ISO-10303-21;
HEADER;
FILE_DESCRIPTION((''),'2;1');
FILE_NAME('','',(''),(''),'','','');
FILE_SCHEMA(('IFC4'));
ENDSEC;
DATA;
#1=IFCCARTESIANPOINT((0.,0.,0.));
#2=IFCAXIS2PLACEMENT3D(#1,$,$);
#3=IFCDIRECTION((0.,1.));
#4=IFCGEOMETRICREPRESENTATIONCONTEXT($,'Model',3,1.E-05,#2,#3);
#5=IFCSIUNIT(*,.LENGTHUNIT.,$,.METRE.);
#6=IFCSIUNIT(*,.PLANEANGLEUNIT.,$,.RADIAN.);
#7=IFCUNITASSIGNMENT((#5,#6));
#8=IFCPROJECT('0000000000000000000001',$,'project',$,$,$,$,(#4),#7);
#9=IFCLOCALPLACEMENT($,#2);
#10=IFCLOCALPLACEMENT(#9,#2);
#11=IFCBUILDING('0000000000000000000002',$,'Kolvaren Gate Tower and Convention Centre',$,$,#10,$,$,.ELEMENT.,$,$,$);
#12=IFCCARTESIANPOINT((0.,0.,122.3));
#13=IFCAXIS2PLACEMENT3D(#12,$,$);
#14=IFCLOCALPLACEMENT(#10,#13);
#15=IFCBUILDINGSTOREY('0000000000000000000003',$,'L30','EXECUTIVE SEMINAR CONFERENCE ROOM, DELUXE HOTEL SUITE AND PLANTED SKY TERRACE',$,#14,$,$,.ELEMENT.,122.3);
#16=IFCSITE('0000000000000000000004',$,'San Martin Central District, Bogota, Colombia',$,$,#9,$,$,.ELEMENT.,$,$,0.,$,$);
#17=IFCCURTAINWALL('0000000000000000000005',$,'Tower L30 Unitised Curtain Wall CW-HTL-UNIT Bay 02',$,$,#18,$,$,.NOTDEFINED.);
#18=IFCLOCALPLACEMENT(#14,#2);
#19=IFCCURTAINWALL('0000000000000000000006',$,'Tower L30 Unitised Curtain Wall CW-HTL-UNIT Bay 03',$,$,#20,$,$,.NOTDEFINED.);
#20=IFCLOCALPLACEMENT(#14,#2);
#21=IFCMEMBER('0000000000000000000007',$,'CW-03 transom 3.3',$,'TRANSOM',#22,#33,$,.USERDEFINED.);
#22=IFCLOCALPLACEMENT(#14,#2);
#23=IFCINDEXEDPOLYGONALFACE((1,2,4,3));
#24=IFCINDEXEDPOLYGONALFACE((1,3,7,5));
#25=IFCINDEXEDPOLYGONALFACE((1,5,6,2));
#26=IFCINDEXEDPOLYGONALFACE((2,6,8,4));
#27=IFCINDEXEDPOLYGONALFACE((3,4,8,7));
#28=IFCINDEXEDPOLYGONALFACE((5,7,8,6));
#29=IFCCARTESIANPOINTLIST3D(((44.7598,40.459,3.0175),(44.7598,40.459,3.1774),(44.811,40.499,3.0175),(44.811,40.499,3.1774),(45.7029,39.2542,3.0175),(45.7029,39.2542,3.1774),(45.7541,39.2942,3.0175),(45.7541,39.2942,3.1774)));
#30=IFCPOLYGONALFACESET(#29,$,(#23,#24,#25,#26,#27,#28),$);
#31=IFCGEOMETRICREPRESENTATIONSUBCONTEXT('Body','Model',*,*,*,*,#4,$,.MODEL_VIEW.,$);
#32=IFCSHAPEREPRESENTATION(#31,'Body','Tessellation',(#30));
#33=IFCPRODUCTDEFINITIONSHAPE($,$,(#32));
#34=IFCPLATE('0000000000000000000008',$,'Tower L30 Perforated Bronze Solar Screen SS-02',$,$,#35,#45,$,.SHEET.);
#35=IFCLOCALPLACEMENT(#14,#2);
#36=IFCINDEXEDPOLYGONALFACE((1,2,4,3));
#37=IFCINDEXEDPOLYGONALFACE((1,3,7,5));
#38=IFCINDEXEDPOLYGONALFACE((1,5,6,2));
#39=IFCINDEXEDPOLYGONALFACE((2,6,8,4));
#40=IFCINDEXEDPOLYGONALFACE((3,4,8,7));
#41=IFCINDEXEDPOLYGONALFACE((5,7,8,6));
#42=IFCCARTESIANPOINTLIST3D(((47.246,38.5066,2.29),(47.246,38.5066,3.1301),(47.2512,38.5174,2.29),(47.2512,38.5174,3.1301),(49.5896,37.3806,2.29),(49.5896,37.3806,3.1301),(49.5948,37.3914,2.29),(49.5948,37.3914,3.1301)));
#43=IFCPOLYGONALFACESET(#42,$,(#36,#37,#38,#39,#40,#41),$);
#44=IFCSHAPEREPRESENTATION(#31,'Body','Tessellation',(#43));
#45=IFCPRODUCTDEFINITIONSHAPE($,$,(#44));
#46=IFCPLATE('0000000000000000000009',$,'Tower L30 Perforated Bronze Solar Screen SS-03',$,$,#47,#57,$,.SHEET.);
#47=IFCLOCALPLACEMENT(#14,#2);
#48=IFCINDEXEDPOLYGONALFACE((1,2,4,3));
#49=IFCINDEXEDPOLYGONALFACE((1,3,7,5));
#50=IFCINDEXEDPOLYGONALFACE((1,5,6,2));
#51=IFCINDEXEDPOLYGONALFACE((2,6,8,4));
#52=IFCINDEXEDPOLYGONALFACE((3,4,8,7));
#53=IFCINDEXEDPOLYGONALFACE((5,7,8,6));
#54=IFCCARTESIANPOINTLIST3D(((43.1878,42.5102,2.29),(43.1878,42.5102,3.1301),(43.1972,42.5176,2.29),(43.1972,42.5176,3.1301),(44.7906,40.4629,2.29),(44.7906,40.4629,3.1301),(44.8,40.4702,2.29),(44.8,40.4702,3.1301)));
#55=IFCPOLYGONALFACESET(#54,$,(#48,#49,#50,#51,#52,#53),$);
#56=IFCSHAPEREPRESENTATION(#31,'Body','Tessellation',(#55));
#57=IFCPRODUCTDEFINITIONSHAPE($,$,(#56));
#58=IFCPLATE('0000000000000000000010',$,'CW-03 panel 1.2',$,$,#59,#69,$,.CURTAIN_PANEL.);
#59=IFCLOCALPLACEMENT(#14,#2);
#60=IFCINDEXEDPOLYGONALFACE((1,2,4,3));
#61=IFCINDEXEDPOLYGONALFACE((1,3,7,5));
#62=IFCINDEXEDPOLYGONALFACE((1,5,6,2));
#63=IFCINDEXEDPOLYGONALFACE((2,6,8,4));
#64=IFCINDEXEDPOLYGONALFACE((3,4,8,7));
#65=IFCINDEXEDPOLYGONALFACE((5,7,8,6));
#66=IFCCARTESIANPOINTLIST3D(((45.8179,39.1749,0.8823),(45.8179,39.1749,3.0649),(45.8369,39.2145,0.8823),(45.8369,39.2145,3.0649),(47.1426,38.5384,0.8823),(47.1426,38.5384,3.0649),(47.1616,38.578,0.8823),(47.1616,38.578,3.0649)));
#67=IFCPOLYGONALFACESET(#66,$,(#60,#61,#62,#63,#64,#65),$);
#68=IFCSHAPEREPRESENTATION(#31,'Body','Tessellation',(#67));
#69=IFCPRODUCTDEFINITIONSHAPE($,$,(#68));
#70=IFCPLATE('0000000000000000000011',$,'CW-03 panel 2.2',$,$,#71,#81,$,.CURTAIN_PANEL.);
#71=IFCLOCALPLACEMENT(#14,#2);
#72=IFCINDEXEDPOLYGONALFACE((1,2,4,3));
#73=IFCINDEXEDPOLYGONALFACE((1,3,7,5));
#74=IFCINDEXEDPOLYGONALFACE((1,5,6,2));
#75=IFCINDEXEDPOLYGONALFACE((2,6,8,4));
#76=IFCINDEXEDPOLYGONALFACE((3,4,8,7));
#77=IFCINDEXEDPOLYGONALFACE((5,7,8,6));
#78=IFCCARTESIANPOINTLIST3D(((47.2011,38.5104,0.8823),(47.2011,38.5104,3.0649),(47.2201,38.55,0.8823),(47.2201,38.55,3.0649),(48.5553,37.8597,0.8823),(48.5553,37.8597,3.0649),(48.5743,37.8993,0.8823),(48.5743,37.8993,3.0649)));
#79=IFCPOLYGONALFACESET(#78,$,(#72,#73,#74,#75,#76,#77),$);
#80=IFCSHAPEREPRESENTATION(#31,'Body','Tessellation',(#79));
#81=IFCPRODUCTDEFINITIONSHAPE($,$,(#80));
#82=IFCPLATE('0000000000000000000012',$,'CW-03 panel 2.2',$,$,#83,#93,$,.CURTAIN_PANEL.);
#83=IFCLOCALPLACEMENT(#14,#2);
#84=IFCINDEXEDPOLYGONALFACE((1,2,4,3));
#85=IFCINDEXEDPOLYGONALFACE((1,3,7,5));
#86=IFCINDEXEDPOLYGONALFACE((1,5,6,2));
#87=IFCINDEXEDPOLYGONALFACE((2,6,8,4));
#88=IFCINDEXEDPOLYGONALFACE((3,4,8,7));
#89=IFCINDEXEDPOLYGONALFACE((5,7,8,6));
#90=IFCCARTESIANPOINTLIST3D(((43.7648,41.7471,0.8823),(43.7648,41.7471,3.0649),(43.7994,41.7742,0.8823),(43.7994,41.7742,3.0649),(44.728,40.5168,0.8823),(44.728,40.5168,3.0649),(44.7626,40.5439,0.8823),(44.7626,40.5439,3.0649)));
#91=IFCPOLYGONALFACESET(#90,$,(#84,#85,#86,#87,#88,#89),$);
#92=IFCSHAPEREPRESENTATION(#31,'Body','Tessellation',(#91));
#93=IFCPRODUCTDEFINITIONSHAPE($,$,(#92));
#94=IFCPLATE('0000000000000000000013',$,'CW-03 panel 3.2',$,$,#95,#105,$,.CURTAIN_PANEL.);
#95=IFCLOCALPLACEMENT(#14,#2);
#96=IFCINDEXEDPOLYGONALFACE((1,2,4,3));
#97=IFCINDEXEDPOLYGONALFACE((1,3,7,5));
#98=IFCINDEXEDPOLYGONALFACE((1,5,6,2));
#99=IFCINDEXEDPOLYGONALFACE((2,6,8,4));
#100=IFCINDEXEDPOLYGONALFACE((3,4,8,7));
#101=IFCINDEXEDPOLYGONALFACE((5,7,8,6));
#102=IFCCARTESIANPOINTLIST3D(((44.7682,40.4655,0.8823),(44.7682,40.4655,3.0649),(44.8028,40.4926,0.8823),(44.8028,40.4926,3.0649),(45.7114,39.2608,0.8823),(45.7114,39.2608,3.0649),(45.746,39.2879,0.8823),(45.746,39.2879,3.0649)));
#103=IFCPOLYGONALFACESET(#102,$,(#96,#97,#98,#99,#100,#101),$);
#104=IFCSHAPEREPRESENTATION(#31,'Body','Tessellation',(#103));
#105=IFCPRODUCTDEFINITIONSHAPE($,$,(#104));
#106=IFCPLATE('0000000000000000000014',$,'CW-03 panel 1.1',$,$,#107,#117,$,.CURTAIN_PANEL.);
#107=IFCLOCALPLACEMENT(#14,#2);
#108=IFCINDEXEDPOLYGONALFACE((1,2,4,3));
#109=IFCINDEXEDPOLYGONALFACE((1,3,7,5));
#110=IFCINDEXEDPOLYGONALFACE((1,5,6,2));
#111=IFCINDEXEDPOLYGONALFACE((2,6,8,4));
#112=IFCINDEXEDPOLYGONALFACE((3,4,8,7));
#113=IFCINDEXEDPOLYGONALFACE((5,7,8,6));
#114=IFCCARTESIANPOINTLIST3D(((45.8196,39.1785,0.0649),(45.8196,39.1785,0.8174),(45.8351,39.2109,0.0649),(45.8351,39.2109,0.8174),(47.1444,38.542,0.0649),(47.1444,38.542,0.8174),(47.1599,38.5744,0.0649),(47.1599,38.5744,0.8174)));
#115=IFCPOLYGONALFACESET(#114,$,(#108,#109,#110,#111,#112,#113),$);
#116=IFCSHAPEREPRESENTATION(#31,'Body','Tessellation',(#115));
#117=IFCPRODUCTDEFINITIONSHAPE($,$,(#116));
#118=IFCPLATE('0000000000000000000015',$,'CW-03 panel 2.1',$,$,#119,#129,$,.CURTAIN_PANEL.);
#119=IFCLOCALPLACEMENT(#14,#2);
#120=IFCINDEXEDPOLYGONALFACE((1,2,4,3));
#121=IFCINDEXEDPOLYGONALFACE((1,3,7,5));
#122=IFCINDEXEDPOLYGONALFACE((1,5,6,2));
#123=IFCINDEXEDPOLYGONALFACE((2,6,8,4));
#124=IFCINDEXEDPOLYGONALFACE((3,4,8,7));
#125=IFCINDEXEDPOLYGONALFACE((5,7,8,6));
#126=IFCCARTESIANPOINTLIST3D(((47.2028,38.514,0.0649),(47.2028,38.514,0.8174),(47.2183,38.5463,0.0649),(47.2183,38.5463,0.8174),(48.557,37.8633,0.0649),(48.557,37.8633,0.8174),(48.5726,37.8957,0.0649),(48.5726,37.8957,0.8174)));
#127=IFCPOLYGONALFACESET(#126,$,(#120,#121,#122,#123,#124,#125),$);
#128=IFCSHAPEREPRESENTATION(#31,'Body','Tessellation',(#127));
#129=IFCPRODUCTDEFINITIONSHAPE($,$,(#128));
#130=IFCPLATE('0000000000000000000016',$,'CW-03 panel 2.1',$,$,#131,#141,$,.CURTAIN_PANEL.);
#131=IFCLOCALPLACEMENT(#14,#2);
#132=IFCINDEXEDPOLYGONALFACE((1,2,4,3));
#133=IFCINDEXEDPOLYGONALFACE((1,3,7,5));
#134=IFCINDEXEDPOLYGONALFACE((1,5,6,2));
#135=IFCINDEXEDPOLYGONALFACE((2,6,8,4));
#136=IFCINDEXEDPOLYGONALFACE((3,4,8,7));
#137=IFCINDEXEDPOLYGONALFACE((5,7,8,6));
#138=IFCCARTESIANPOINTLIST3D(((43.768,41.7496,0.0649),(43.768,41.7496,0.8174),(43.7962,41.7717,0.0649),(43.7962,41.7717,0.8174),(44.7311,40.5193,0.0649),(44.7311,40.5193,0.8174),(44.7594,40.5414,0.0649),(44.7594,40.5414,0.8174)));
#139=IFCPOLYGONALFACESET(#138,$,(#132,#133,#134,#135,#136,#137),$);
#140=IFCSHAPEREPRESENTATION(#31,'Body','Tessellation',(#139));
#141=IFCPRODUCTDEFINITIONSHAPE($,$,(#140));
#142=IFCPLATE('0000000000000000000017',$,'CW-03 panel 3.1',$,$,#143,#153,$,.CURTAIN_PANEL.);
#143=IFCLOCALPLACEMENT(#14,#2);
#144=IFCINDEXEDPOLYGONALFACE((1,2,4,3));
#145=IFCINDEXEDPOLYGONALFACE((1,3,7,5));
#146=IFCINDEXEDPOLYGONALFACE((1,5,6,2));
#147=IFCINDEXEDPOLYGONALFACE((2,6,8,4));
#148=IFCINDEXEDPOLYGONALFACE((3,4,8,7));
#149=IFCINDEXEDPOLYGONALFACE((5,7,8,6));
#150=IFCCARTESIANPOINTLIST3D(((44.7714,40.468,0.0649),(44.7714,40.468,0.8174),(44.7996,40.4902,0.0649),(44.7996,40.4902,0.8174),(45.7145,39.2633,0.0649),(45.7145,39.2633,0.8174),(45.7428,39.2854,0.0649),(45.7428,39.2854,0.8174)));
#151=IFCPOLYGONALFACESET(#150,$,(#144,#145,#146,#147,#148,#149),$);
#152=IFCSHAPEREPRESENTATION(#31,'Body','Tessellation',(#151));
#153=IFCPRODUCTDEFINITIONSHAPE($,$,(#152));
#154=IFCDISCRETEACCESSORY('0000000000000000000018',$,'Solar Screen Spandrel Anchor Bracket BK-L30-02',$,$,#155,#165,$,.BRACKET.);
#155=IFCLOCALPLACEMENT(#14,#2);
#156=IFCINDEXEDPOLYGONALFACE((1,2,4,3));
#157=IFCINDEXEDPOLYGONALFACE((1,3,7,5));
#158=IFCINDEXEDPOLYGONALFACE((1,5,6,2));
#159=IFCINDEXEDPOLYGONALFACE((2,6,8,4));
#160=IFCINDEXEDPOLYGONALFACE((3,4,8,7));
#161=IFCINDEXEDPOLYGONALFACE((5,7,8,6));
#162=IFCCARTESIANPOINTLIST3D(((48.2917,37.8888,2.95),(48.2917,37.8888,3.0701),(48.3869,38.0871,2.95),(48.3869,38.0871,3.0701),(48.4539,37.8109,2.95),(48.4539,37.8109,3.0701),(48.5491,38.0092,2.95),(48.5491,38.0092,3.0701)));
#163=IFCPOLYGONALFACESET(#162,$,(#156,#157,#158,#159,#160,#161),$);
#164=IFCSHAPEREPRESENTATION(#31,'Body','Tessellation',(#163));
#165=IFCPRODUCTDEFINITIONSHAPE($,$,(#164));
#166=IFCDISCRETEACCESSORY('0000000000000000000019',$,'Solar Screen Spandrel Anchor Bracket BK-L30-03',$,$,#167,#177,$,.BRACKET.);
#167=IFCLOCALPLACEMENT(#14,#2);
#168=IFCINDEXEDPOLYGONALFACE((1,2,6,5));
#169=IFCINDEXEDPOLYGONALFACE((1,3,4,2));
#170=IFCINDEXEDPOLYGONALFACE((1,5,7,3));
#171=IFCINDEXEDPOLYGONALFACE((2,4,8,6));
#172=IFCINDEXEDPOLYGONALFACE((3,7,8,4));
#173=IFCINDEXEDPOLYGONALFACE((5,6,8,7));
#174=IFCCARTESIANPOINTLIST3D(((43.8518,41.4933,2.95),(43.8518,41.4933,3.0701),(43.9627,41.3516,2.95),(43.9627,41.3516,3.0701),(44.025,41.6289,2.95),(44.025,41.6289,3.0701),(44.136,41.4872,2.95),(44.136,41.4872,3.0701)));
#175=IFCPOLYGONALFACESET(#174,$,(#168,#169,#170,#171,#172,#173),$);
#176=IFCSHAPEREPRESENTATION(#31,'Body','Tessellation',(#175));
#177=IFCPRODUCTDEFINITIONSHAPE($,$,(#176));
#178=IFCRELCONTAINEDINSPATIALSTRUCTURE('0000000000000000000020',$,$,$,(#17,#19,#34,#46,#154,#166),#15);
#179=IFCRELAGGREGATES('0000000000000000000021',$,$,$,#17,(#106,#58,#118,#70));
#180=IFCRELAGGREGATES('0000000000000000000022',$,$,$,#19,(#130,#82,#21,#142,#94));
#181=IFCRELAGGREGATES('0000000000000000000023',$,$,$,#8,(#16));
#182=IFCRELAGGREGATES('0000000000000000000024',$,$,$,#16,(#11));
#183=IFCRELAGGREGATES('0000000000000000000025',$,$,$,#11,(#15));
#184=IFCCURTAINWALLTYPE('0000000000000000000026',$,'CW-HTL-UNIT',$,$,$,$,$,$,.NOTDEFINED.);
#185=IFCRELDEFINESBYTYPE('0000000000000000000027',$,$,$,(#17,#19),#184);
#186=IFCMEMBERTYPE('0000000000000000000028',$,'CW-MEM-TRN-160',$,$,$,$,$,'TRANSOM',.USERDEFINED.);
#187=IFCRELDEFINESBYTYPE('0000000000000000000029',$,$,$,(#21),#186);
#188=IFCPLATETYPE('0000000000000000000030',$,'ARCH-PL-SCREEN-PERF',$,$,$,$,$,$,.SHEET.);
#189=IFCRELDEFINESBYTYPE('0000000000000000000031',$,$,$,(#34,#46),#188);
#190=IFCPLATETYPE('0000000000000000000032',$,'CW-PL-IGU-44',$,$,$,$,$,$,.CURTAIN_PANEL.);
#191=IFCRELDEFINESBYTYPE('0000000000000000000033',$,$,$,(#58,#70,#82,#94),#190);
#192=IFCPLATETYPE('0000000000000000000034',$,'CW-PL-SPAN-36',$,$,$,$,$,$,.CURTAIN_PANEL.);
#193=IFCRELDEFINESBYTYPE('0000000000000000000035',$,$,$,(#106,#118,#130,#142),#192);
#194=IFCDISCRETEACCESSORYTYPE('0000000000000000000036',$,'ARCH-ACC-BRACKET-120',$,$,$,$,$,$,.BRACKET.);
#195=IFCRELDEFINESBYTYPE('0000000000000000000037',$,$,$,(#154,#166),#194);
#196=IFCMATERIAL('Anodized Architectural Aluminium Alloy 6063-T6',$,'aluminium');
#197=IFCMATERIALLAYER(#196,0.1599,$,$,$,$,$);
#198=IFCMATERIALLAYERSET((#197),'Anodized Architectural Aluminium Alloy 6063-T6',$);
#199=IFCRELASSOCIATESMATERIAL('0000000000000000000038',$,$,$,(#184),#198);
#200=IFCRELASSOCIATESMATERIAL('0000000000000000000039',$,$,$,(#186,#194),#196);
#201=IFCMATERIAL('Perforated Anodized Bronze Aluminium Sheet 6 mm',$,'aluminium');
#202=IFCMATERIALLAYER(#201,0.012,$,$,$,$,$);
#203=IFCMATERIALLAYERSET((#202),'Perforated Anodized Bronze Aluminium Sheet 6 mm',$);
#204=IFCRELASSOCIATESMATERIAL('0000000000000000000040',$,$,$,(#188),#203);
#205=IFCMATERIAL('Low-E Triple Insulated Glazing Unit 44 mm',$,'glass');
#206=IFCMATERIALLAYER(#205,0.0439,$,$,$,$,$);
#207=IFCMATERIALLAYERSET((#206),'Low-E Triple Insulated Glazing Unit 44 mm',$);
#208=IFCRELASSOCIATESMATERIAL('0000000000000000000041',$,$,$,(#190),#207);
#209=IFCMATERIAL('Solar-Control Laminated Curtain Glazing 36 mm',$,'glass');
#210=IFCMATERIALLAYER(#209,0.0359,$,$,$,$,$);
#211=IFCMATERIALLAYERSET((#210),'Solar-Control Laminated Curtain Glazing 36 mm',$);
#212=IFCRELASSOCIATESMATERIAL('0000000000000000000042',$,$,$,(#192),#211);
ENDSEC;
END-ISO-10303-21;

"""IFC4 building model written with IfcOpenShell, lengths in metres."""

from ifc_helpers import new_model, si_unit, direction, frame, origin, origin_2d, place, context, subcontext, project, spatial, rectangle, extrude, material, layer, layer_set, material_profile, profile_set, type_object, element, aggregate, save


model = new_model("IFC4")

# Units and contexts
model_context = context("Model", 3, precision=1e-05, world=origin(), true_north=direction((0.0, 1.0)))
body_context = subcontext(model_context, "Body", "Model", "MODEL_VIEW")
ifc_project = project(units=[si_unit("LENGTHUNIT", "METRE"), si_unit("PLANEANGLEUNIT", "RADIAN")], contexts=[model_context])

# Site, building, storey
site_placement = place(None, origin())
site = spatial("IfcSite", under=ifc_project, at=site_placement, Name="San Martin Central District, Bogota, Colombia", CompositionType="ELEMENT", RefElevation=0.0)
building_placement = place(site_placement, origin())
building = spatial("IfcBuilding", under=site, at=building_placement, Name="Kolvaren Gate Tower and Convention Centre", CompositionType="ELEMENT")
storey_placement = place(building_placement, frame((0.0, 0.0, 122.3)))
storey = spatial("IfcBuildingStorey", under=building, at=storey_placement, Name="L30", Description="EXECUTIVE SEMINAR CONFERENCE ROOM, DELUXE HOTEL SUITE AND PLANTED SKY TERRACE", CompositionType="ELEMENT", Elevation=122.3)

# Curtain walls
ifc_material_1 = material(Name="Anodized Architectural Aluminium Alloy 6063-T6", Category="aluminium")
ifc_layer_1 = layer(ifc_material_1, 0.1599)
ifc_layer_set_1 = layer_set([ifc_layer_1], Name="Anodized Architectural Aluminium Alloy 6063-T6")
curtain_wall_type = type_object("IfcCurtainWallType", Name="CW-HTL-UNIT", PredefinedType="NOTDEFINED", material=ifc_layer_set_1)
curtain_wall_1_placement = place(storey_placement, origin())
curtain_wall_1 = element("IfcCurtainWall", 1, at=curtain_wall_1_placement, inside=storey, type_object=curtain_wall_type, Name="Tower L30 Unitised Curtain Wall CW-HTL-UNIT Bay 02", PredefinedType="NOTDEFINED")
curtain_wall_2_placement = place(storey_placement, origin())
curtain_wall_2 = element("IfcCurtainWall", 2, at=curtain_wall_2_placement, inside=storey, type_object=curtain_wall_type, Name="Tower L30 Unitised Curtain Wall CW-HTL-UNIT Bay 03", PredefinedType="NOTDEFINED")

# Member
ifc_material_profile_1 = material_profile(ifc_material_1, rectangle(XDim=0.0649, YDim=0.1599, at=origin_2d()), Name="CW-MEM-TRN-160")
ifc_profile_set_1 = profile_set([ifc_material_profile_1], Name="Anodized Architectural Aluminium Alloy 6063-T6")
member_type_1 = type_object("IfcMemberType", Name="CW-MEM-TRN-160", ElementType="TRANSOM", PredefinedType="USERDEFINED", material=ifc_profile_set_1)
member_1_placement = place(storey_placement, frame((44.7854, 40.479, 3.0974), z_axis=(0.61639, -0.787441, 0.0), x_axis=(0.787441, 0.61639, 0.0)))
member_1 = element("IfcMember", 3, at=member_1_placement, type_object=member_type_1, Name="CW-03 transom 3.3", ObjectType="TRANSOM", PredefinedType="USERDEFINED", context=body_context, shape_type="SweptSolid", body=[
    extrude(rectangle(XDim=0.0649, YDim=0.1599, at=origin_2d()), origin(), (0.0, 0.0, 1.0), 1.53),
])

# Plates
ifc_material_2 = material(Name="Perforated Anodized Bronze Aluminium Sheet 6 mm", Category="aluminium")
ifc_layer_2 = layer(ifc_material_2, 0.012)
ifc_layer_set_2 = layer_set([ifc_layer_2], Name="Perforated Anodized Bronze Aluminium Sheet 6 mm")
plate_type_1 = type_object("IfcPlateType", Name="ARCH-PL-SCREEN-PERF", PredefinedType="SHEET", material=ifc_layer_set_2)
for number, where, z_axis, x_axis, name in (
    (4, (48.4204, 37.949, 2.29), (0.0, 0.0, 1.0), (0.901363, -0.433065, 0.0), "Tower L30 Perforated Bronze Solar Screen SS-02"),
    (5, (43.9939, 41.4902, 2.29), (0.0, 0.0, 1.0), (0.616424, -0.787414, 0.0), "Tower L30 Perforated Bronze Solar Screen SS-03"),
):
    element("IfcPlate", number, at=place(storey_placement, frame(where, z_axis=z_axis, x_axis=x_axis)), inside=storey, type_object=plate_type_1, Name=name, PredefinedType="SHEET", context=body_context, shape_type="SweptSolid", body=[
        extrude(rectangle(XDim=2.6001, YDim=0.012, at=origin_2d()), origin(), (0.0, 0.0, 1.0), 0.8401),
    ])

# Plates
ifc_material_3 = material(Name="Low-E Triple Insulated Glazing Unit 44 mm", Category="glass")
ifc_layer_3 = layer(ifc_material_3, 0.0439)
ifc_layer_set_3 = layer_set([ifc_layer_3], Name="Low-E Triple Insulated Glazing Unit 44 mm")
plate_type_2 = type_object("IfcPlateType", Name="CW-PL-IGU-44", PredefinedType="CURTAIN_PANEL", material=ifc_layer_set_3)
plate_1_placement = place(storey_placement, frame((46.4897, 38.8765, 0.8823), z_axis=(0.0, 0.0, 1.0), x_axis=(0.90136, -0.433071, 0.0)))
plate_1 = element("IfcPlate", 6, at=plate_1_placement, type_object=plate_type_2, Name="CW-03 panel 1.2", PredefinedType="CURTAIN_PANEL", context=body_context, shape_type="SweptSolid", body=[
    extrude(rectangle(XDim=1.4697, YDim=0.0439, at=origin_2d()), origin(), (0.0, 0.0, 1.0), 2.1826),
])
plate_2_placement = place(storey_placement, frame((47.8877, 38.2048, 0.8823), z_axis=(0.0, 0.0, 1.0), x_axis=(0.90136, -0.433071, 0.0)))
plate_2 = element("IfcPlate", 7, at=plate_2_placement, type_object=plate_type_2, Name="CW-03 panel 2.2", PredefinedType="CURTAIN_PANEL", context=body_context, shape_type="SweptSolid", body=[
    extrude(rectangle(XDim=1.5024, YDim=0.0439, at=origin_2d()), origin(), (0.0, 0.0, 1.0), 2.1826),
])
plate_3_placement = place(storey_placement, frame((44.2637, 41.1455, 0.8823), z_axis=(0.0, 0.0, 1.0), x_axis=(0.616426, -0.787413, 0.0)))
plate_3 = element("IfcPlate", 8, at=plate_3_placement, type_object=plate_type_2, Name="CW-03 panel 2.2", PredefinedType="CURTAIN_PANEL", context=body_context, shape_type="SweptSolid", body=[
    extrude(rectangle(XDim=1.5625, YDim=0.0439, at=origin_2d()), origin(), (0.0, 0.0, 1.0), 2.1826),
])
plate_4_placement = place(storey_placement, frame((45.2571, 39.8767, 0.8823), z_axis=(0.0, 0.0, 1.0), x_axis=(0.616426, -0.787413, 0.0)))
plate_4 = element("IfcPlate", 9, at=plate_4_placement, type_object=plate_type_2, Name="CW-03 panel 3.2", PredefinedType="CURTAIN_PANEL", context=body_context, shape_type="SweptSolid", body=[
    extrude(rectangle(XDim=1.53, YDim=0.0439, at=origin_2d()), origin(), (0.0, 0.0, 1.0), 2.1826),
])
ifc_material_4 = material(Name="Solar-Control Laminated Curtain Glazing 36 mm", Category="glass")
ifc_layer_4 = layer(ifc_material_4, 0.0359)
ifc_layer_set_4 = layer_set([ifc_layer_4], Name="Solar-Control Laminated Curtain Glazing 36 mm")
plate_type_3 = type_object("IfcPlateType", Name="CW-PL-SPAN-36", PredefinedType="CURTAIN_PANEL", material=ifc_layer_set_4)
plate_5_placement = place(storey_placement, frame((46.4897, 38.8765, 0.0649), z_axis=(0.0, 0.0, 1.0), x_axis=(0.90136, -0.433071, 0.0)))
plate_5 = element("IfcPlate", 10, at=plate_5_placement, type_object=plate_type_3, Name="CW-03 panel 1.1", PredefinedType="CURTAIN_PANEL", context=body_context, shape_type="SweptSolid", body=[
    extrude(rectangle(XDim=1.4697, YDim=0.0359, at=origin_2d()), origin(), (0.0, 0.0, 1.0), 0.7524),
])
plate_6_placement = place(storey_placement, frame((47.8877, 38.2048, 0.0649), z_axis=(0.0, 0.0, 1.0), x_axis=(0.90136, -0.433071, 0.0)))
plate_6 = element("IfcPlate", 11, at=plate_6_placement, type_object=plate_type_3, Name="CW-03 panel 2.1", PredefinedType="CURTAIN_PANEL", context=body_context, shape_type="SweptSolid", body=[
    extrude(rectangle(XDim=1.5024, YDim=0.0359, at=origin_2d()), origin(), (0.0, 0.0, 1.0), 0.7524),
])
aggregate(curtain_wall_1, [plate_5, plate_1, plate_6, plate_2])
plate_7_placement = place(storey_placement, frame((44.2637, 41.1455, 0.0649), z_axis=(0.0, 0.0, 1.0), x_axis=(0.616426, -0.787413, 0.0)))
plate_7 = element("IfcPlate", 12, at=plate_7_placement, type_object=plate_type_3, Name="CW-03 panel 2.1", PredefinedType="CURTAIN_PANEL", context=body_context, shape_type="SweptSolid", body=[
    extrude(rectangle(XDim=1.5625, YDim=0.0359, at=origin_2d()), origin(), (0.0, 0.0, 1.0), 0.7524),
])
plate_8_placement = place(storey_placement, frame((45.2571, 39.8767, 0.0649), z_axis=(0.0, 0.0, 1.0), x_axis=(0.616426, -0.787413, 0.0)))
plate_8 = element("IfcPlate", 13, at=plate_8_placement, type_object=plate_type_3, Name="CW-03 panel 3.1", PredefinedType="CURTAIN_PANEL", context=body_context, shape_type="SweptSolid", body=[
    extrude(rectangle(XDim=1.53, YDim=0.0359, at=origin_2d()), origin(), (0.0, 0.0, 1.0), 0.7524),
])
aggregate(curtain_wall_2, [plate_7, plate_3, member_1, plate_8, plate_4])

# Discrete accessories
discrete_accessory_type = type_object("IfcDiscreteAccessoryType", Name="ARCH-ACC-BRACKET-120", PredefinedType="BRACKET", material=ifc_material_1)
for number, where, z_axis, x_axis, name in (
    (14, (48.4204, 37.949, 2.95), (0.0, 0.0, 1.0), (0.901363, -0.433065, 0.0), "Solar Screen Spandrel Anchor Bracket BK-L30-02"),
    (15, (43.9939, 41.4902, 2.95), (0.0, 0.0, 1.0), (0.616424, -0.787414, 0.0), "Solar Screen Spandrel Anchor Bracket BK-L30-03"),
):
    element("IfcDiscreteAccessory", number, at=place(storey_placement, frame(where, z_axis=z_axis, x_axis=x_axis)), inside=storey, type_object=discrete_accessory_type, Name=name, PredefinedType="BRACKET", context=body_context, shape_type="SweptSolid", body=[
        extrude(rectangle(XDim=0.1799, YDim=0.22, at=origin_2d()), origin(), (0.0, 0.0, 1.0), 0.1201),
    ])

save(model, "model.ifc")
